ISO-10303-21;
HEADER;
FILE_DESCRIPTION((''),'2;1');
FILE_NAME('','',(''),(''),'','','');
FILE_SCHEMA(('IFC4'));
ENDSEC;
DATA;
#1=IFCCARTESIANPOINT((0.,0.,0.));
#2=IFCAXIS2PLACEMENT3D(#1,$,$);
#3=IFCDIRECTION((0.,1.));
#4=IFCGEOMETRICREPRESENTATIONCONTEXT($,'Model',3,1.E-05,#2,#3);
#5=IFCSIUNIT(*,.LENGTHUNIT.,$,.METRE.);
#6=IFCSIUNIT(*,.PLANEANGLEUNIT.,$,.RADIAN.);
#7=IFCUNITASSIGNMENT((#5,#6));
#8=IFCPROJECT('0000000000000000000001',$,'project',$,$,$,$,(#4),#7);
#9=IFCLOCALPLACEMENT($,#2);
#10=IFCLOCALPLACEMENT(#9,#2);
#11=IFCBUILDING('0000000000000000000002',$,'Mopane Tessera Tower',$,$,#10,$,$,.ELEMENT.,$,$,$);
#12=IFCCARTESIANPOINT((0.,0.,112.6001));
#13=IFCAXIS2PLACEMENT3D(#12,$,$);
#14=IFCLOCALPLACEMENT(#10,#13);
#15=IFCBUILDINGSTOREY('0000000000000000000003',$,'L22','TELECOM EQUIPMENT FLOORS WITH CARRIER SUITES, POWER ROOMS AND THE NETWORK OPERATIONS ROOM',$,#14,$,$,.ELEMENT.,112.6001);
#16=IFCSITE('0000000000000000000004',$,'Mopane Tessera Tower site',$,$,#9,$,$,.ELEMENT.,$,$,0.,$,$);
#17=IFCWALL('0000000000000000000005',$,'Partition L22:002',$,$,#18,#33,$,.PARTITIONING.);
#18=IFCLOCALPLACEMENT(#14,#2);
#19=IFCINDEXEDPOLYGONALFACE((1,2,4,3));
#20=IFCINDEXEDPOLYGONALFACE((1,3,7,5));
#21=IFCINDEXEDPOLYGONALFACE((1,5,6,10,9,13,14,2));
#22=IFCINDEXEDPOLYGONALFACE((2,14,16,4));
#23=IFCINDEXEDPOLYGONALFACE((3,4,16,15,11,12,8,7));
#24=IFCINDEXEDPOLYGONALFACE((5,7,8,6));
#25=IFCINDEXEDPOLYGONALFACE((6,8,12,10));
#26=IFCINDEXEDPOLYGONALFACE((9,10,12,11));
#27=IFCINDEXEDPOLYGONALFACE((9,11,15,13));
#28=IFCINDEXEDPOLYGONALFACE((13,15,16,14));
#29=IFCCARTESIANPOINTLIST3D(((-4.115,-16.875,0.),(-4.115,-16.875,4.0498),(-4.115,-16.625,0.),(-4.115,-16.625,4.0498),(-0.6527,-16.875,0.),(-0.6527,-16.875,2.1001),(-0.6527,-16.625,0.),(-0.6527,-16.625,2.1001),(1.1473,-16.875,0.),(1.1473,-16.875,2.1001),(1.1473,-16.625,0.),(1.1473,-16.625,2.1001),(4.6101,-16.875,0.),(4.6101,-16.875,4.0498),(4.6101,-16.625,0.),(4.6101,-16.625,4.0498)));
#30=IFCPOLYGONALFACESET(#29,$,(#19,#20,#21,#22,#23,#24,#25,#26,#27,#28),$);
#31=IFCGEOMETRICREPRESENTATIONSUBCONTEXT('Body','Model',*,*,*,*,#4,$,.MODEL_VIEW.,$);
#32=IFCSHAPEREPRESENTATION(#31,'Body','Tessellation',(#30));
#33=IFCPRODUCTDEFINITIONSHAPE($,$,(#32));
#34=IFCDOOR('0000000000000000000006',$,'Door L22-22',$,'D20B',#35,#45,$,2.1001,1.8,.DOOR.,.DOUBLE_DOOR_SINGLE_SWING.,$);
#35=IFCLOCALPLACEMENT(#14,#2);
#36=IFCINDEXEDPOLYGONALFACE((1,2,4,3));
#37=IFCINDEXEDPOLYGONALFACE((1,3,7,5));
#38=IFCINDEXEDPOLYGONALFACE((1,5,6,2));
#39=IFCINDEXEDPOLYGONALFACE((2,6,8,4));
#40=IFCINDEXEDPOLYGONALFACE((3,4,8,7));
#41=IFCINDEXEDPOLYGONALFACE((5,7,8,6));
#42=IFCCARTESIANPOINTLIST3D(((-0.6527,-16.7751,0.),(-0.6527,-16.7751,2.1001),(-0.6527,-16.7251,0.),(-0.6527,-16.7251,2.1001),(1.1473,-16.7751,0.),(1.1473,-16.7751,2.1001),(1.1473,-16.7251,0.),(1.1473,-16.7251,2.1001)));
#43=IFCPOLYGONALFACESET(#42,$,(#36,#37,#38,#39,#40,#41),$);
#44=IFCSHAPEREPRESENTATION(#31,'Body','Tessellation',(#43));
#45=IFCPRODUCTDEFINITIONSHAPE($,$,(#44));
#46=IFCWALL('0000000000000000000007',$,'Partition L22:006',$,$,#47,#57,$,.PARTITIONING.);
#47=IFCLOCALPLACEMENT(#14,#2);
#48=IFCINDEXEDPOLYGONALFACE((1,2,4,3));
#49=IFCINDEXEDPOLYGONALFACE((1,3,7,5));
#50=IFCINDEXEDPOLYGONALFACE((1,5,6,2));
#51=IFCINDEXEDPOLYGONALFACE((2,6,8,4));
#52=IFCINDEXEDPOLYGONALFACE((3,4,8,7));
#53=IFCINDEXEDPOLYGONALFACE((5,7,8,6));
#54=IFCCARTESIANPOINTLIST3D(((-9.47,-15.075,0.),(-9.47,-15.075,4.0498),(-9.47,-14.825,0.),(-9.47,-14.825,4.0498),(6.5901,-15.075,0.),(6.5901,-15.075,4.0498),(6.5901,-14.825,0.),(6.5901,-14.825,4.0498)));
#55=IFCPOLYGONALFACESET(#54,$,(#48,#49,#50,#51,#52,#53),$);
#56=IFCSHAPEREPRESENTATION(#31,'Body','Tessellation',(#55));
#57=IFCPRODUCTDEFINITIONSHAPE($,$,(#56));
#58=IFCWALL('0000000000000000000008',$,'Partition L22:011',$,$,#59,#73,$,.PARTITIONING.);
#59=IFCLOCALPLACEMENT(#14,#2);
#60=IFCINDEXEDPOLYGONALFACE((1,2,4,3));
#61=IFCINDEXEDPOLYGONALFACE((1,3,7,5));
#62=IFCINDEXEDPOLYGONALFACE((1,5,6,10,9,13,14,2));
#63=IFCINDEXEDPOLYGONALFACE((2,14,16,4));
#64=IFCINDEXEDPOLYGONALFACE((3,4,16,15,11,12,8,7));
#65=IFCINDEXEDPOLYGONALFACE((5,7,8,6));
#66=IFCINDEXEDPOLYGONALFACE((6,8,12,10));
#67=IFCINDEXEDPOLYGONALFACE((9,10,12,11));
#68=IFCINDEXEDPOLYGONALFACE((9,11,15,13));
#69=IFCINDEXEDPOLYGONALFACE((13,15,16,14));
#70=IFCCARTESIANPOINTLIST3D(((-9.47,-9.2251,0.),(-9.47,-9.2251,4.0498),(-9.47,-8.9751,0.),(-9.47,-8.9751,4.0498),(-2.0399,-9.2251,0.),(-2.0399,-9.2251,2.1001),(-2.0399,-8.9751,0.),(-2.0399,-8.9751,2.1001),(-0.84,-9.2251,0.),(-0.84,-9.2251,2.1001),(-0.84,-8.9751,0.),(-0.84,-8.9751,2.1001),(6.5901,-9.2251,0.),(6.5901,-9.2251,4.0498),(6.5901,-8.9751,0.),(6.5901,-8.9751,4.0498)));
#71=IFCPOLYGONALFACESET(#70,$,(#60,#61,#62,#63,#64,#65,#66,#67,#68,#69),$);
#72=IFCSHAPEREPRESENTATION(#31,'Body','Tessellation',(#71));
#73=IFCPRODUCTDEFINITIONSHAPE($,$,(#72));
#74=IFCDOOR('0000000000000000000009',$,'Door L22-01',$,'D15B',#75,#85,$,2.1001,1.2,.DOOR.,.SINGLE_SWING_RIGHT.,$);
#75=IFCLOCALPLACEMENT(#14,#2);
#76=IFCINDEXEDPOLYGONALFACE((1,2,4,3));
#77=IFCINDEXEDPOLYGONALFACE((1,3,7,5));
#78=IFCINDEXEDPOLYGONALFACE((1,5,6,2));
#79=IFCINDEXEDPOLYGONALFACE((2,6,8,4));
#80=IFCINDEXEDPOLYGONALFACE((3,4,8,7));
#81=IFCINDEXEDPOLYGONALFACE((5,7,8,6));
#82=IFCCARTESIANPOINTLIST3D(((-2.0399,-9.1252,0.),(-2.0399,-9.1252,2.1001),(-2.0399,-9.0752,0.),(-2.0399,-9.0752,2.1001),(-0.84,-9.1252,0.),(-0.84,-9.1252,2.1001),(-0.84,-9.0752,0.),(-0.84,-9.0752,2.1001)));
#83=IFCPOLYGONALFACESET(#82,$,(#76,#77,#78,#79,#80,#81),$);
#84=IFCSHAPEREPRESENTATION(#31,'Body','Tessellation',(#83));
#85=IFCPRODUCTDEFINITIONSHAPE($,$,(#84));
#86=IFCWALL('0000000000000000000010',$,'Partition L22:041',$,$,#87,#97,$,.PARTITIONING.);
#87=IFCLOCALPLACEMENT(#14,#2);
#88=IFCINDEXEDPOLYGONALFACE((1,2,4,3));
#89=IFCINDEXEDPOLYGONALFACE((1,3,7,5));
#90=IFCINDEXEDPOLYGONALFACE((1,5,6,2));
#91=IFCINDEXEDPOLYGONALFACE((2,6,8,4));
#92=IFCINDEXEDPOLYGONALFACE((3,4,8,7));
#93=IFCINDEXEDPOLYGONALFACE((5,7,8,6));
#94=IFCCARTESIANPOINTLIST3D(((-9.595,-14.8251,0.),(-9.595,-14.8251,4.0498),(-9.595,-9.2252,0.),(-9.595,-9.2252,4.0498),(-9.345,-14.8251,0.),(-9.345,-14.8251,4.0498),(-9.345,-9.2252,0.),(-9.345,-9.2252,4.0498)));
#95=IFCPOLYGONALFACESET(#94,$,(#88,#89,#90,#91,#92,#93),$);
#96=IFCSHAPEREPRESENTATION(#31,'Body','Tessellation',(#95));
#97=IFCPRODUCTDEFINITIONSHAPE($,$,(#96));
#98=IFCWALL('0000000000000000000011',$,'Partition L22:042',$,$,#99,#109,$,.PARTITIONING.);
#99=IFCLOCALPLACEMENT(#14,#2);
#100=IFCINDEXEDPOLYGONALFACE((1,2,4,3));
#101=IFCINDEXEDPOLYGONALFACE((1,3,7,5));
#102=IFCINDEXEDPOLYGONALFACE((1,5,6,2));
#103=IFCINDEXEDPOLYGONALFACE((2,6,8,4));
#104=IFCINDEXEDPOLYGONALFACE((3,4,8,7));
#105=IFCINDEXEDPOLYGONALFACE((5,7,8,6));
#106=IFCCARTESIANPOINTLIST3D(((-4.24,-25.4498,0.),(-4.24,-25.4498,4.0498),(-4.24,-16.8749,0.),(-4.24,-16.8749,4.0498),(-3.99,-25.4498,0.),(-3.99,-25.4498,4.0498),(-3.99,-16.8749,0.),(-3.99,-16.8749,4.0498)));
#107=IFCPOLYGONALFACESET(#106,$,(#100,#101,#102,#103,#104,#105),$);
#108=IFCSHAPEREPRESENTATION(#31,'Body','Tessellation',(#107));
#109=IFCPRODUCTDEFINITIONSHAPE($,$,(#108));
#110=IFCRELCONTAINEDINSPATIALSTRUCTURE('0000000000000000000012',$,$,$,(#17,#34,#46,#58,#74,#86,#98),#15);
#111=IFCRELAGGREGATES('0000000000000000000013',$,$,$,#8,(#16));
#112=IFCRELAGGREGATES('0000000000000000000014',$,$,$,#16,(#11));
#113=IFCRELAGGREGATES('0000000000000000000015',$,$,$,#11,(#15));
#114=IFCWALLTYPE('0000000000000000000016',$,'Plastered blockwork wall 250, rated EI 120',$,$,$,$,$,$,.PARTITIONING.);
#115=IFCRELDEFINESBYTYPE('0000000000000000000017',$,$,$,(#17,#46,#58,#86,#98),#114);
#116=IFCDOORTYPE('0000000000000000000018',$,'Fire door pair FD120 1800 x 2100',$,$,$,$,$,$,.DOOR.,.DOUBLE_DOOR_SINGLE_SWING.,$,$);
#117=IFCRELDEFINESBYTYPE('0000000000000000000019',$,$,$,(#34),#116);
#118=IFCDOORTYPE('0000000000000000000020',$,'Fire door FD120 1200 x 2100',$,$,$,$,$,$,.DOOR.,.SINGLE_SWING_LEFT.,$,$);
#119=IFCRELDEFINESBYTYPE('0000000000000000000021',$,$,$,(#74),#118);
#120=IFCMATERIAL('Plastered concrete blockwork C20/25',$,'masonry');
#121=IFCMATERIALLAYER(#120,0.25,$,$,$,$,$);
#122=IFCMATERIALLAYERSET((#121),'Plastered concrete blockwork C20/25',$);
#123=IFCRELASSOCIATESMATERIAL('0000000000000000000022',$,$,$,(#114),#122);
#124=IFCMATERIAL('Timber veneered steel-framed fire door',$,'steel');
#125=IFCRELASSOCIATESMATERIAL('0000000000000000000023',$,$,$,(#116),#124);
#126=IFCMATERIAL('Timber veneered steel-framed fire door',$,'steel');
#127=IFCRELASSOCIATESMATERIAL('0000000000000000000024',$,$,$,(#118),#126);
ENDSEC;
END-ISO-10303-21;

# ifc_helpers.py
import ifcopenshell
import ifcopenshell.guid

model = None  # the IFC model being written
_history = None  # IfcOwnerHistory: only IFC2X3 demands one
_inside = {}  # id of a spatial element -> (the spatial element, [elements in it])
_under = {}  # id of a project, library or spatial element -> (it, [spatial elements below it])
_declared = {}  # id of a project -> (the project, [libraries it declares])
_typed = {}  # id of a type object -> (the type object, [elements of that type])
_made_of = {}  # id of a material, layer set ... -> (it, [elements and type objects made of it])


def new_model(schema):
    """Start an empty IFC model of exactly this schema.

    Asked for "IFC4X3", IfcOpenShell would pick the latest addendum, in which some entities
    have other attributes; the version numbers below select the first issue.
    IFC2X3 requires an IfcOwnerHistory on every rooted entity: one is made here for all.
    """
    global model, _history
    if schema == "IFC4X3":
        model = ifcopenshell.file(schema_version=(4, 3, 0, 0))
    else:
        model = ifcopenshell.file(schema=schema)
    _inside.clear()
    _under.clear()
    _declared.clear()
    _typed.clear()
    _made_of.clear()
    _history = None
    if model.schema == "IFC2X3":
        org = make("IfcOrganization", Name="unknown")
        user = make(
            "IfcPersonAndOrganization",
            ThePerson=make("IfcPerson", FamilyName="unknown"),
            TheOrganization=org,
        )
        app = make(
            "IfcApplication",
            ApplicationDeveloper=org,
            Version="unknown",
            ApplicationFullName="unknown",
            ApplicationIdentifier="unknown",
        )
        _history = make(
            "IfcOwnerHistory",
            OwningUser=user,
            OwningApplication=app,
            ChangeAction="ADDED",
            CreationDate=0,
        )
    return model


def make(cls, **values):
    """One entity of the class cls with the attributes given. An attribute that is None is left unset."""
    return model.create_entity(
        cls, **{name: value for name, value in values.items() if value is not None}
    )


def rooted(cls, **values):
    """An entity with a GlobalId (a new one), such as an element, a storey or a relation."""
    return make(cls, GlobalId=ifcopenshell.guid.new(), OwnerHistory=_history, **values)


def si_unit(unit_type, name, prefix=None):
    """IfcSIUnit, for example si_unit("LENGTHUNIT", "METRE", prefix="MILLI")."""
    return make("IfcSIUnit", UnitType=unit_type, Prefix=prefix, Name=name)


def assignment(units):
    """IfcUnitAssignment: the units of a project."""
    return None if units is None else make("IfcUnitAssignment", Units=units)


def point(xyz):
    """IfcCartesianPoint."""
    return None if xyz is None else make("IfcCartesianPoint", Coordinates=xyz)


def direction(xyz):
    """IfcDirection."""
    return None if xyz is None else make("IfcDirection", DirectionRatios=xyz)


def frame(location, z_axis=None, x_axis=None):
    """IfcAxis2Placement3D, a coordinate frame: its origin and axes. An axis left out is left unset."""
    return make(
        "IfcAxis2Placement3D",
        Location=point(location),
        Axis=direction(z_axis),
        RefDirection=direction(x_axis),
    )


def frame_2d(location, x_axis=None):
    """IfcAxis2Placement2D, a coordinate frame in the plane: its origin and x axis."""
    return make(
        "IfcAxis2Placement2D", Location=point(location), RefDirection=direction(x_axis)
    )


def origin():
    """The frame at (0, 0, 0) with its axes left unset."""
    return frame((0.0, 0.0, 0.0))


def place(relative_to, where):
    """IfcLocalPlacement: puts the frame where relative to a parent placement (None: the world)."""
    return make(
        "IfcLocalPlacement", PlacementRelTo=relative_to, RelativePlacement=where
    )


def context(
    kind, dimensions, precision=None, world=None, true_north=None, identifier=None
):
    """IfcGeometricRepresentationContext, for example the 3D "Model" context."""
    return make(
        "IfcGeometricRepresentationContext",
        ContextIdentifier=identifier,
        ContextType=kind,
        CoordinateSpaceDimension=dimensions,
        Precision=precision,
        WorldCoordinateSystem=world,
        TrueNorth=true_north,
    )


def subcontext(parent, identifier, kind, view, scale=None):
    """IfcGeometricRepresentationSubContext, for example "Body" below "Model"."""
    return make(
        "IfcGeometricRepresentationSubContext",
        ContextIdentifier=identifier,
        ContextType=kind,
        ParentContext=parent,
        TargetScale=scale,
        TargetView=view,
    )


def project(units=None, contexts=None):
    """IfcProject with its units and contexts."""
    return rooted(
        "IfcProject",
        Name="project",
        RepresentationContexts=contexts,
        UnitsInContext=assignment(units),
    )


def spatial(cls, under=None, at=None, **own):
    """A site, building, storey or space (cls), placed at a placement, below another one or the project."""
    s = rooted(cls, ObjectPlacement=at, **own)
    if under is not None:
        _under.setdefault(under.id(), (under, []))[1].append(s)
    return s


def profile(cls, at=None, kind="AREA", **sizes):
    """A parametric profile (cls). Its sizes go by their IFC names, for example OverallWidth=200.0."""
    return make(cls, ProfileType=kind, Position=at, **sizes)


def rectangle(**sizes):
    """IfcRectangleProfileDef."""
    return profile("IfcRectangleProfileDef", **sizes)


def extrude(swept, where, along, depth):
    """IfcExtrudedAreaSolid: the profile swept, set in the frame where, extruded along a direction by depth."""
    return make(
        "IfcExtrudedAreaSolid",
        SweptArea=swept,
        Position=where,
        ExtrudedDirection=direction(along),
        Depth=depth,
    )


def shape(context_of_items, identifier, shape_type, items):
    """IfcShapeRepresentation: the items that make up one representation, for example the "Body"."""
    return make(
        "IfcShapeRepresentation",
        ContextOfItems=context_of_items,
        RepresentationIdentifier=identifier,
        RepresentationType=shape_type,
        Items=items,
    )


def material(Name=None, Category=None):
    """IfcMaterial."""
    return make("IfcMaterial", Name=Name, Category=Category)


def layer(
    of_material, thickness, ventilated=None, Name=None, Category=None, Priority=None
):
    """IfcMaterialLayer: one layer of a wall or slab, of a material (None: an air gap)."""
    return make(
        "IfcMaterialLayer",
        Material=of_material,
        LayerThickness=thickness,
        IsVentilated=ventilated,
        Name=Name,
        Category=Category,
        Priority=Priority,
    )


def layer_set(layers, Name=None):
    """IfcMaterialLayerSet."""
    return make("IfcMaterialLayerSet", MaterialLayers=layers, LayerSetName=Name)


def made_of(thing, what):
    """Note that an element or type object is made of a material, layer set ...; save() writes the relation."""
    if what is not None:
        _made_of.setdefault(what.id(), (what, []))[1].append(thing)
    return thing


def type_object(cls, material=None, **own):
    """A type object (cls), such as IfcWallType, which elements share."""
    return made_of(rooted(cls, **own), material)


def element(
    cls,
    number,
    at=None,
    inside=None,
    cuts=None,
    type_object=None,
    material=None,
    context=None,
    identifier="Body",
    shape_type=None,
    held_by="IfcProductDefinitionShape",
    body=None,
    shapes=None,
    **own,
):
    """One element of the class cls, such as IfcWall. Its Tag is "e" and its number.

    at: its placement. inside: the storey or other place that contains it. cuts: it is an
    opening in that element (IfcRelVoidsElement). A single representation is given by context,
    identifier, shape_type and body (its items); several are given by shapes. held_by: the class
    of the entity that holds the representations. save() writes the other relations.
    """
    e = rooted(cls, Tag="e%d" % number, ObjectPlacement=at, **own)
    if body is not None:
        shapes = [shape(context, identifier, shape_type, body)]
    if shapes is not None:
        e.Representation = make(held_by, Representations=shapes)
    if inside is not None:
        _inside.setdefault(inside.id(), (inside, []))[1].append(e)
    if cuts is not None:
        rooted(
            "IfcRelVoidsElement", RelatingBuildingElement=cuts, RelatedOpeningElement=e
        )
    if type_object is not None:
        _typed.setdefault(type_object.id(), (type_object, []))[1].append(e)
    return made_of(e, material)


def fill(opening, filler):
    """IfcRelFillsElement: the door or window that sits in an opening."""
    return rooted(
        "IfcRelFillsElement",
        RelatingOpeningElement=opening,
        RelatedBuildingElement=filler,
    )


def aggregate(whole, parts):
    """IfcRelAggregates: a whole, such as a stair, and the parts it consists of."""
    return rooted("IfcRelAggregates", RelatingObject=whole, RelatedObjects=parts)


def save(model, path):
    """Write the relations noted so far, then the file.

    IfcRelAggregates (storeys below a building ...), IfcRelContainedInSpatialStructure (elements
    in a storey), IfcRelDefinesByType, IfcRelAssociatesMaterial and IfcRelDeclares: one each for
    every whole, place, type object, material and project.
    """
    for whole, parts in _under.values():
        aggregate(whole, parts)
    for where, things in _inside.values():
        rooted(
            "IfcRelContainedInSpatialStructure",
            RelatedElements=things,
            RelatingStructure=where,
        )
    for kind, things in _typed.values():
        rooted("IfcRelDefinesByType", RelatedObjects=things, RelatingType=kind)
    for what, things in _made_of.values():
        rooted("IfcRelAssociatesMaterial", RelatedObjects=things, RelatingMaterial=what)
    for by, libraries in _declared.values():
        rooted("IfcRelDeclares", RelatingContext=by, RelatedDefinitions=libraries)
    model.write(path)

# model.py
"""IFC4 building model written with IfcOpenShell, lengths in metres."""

from ifc_helpers import new_model, si_unit, direction, frame, frame_2d, origin, place, context, subcontext, project, spatial, rectangle, extrude, material, layer, layer_set, type_object, element, fill, save


model = new_model("IFC4")

# Units and contexts
model_context = context("Model", 3, precision=1e-05, world=origin(), true_north=direction((0.0, 1.0)))
body_context = subcontext(model_context, "Body", "Model", "MODEL_VIEW")
ifc_project = project(units=[si_unit("LENGTHUNIT", "METRE"), si_unit("PLANEANGLEUNIT", "RADIAN")], contexts=[model_context])

# Site, building, storey
site_placement = place(None, origin())
site = spatial("IfcSite", under=ifc_project, at=site_placement, Name="Mopane Tessera Tower site", CompositionType="ELEMENT", RefElevation=0.0)
building_placement = place(site_placement, origin())
building = spatial("IfcBuilding", under=site, at=building_placement, Name="Mopane Tessera Tower", CompositionType="ELEMENT")
storey_placement = place(building_placement, frame((0.0, 0.0, 112.6001)))
storey = spatial("IfcBuildingStorey", under=building, at=storey_placement, Name="L22", Description="TELECOM EQUIPMENT FLOORS WITH CARRIER SUITES, POWER ROOMS AND THE NETWORK OPERATIONS ROOM", CompositionType="ELEMENT", Elevation=112.6001)

# Wall, opening, door
ifc_material_1 = material(Name="Plastered concrete blockwork C20/25", Category="masonry")
ifc_layer_1 = layer(ifc_material_1, 0.25)
ifc_layer_set_1 = layer_set([ifc_layer_1], Name="Plastered concrete blockwork C20/25")
wall_type_1 = type_object("IfcWallType", Name="Plastered blockwork wall 250, rated EI 120", PredefinedType="PARTITIONING", material=ifc_layer_set_1)
wall_1_placement = place(storey_placement, frame((-4.115, -16.75, 0.0), z_axis=(0.0, 0.0, 1.0), x_axis=(1.0, 0.0, 0.0)))
wall_1 = element("IfcWall", 1, at=wall_1_placement, inside=storey, type_object=wall_type_1, Name="Partition L22:002", PredefinedType="PARTITIONING", context=body_context, shape_type="SweptSolid", body=[
    extrude(rectangle(XDim=8.7251, YDim=0.25, at=frame_2d((4.3625, 0.0))), origin(), (0.0, 0.0, 1.0), 4.0498),
])
opening_1_placement = place(wall_1_placement, frame((3.4624, 0.0, 0.0)))
opening_1 = element("IfcOpeningElement", 2, at=opening_1_placement, cuts=wall_1, PredefinedType="OPENING", context=body_context, shape_type="SweptSolid", body=[
    extrude(rectangle(XDim=1.8, YDim=2.1001, at=frame_2d((0.8999, 1.05))), frame((0.0, 0.137, 0.0), z_axis=(0.0, -1.0, 0.0), x_axis=(1.0, 0.0, 0.0)), (0.0, 0.0, 1.0), 0.2739),
])
ifc_material_2 = material(Name="Timber veneered steel-framed fire door", Category="steel")
door_type_1 = type_object("IfcDoorType", Name="Fire door pair FD120 1800 x 2100", OperationType="DOUBLE_DOOR_SINGLE_SWING", PredefinedType="DOOR", material=ifc_material_2)
door_1_placement = place(opening_1_placement, origin())
door_1 = element("IfcDoor", 3, at=door_1_placement, inside=storey, type_object=door_type_1, Name="Door L22-22", ObjectType="D20B", OperationType="DOUBLE_DOOR_SINGLE_SWING", OverallHeight=2.1001, OverallWidth=1.8, PredefinedType="DOOR", context=body_context, shape_type="SweptSolid", body=[
    extrude(rectangle(XDim=1.8, YDim=2.1001, at=frame_2d((0.8999, 1.05))), frame((0.0, 0.0249, 0.0), z_axis=(0.0, -1.0, 0.0), x_axis=(1.0, 0.0, 0.0)), (0.0, 0.0, 1.0), 0.05),
])
fill(opening_1, door_1)

# Wall
wall_2_placement = place(storey_placement, frame((-9.47, -14.95, 0.0), z_axis=(0.0, 0.0, 1.0), x_axis=(1.0, 0.0, 0.0)))
element("IfcWall", 4, at=wall_2_placement, inside=storey, type_object=wall_type_1, Name="Partition L22:006", PredefinedType="PARTITIONING", context=body_context, shape_type="SweptSolid", body=[
    extrude(rectangle(XDim=16.0601, YDim=0.25, at=frame_2d((8.03, 0.0))), origin(), (0.0, 0.0, 1.0), 4.0498),
])

# Wall, opening, door
wall_3_placement = place(storey_placement, frame((-9.47, -9.1001, 0.0), z_axis=(0.0, 0.0, 1.0), x_axis=(1.0, 0.0, 0.0)))
wall_3 = element("IfcWall", 5, at=wall_3_placement, inside=storey, type_object=wall_type_1, Name="Partition L22:011", PredefinedType="PARTITIONING", context=body_context, shape_type="SweptSolid", body=[
    extrude(rectangle(XDim=16.0601, YDim=0.25, at=frame_2d((8.03, 0.0))), origin(), (0.0, 0.0, 1.0), 4.0498),
])
opening_2_placement = place(wall_3_placement, frame((7.4299, 0.0, 0.0)))
opening_2 = element("IfcOpeningElement", 6, at=opening_2_placement, cuts=wall_3, PredefinedType="OPENING", context=body_context, shape_type="SweptSolid", body=[
    extrude(rectangle(XDim=1.2, YDim=2.1001, at=frame_2d((0.6001, 1.05))), frame((0.0, 0.137, 0.0), z_axis=(0.0, -1.0, 0.0), x_axis=(1.0, 0.0, 0.0)), (0.0, 0.0, 1.0), 0.2739),
])
ifc_material_3 = material(Name="Timber veneered steel-framed fire door", Category="steel")
door_type_2 = type_object("IfcDoorType", Name="Fire door FD120 1200 x 2100", OperationType="SINGLE_SWING_LEFT", PredefinedType="DOOR", material=ifc_material_3)
door_2_placement = place(opening_2_placement, origin())
door_2 = element("IfcDoor", 7, at=door_2_placement, inside=storey, type_object=door_type_2, Name="Door L22-01", ObjectType="D15B", OperationType="SINGLE_SWING_RIGHT", OverallHeight=2.1001, OverallWidth=1.2, PredefinedType="DOOR", context=body_context, shape_type="SweptSolid", body=[
    extrude(rectangle(XDim=1.2, YDim=2.1001, at=frame_2d((0.6001, 1.05))), frame((0.0, 0.0249, 0.0), z_axis=(0.0, -1.0, 0.0), x_axis=(1.0, 0.0, 0.0)), (0.0, 0.0, 1.0), 0.05),
])
fill(opening_2, door_2)

# Walls
wall_4_placement = place(storey_placement, frame((-9.47, -14.825, 0.0), z_axis=(0.0, 0.0, 1.0), x_axis=(0.0, 1.0, 0.0)))
element("IfcWall", 8, at=wall_4_placement, inside=storey, type_object=wall_type_1, Name="Partition L22:041", PredefinedType="PARTITIONING", context=body_context, shape_type="SweptSolid", body=[
    extrude(rectangle(XDim=5.5999, YDim=0.25, at=frame_2d((2.7998, 0.0))), origin(), (0.0, 0.0, 1.0), 4.0498),
])
wall_5_placement = place(storey_placement, frame((-4.115, -25.45, 0.0), z_axis=(0.0, 0.0, 1.0), x_axis=(0.0, 1.0, 0.0)))
element("IfcWall", 9, at=wall_5_placement, inside=storey, type_object=wall_type_1, Name="Partition L22:042", PredefinedType="PARTITIONING", context=body_context, shape_type="SweptSolid", body=[
    extrude(rectangle(XDim=8.575, YDim=0.25, at=frame_2d((4.2876, 0.0))), origin(), (0.0, 0.0, 1.0), 4.0498),
])

save(model, "model.ifc")
